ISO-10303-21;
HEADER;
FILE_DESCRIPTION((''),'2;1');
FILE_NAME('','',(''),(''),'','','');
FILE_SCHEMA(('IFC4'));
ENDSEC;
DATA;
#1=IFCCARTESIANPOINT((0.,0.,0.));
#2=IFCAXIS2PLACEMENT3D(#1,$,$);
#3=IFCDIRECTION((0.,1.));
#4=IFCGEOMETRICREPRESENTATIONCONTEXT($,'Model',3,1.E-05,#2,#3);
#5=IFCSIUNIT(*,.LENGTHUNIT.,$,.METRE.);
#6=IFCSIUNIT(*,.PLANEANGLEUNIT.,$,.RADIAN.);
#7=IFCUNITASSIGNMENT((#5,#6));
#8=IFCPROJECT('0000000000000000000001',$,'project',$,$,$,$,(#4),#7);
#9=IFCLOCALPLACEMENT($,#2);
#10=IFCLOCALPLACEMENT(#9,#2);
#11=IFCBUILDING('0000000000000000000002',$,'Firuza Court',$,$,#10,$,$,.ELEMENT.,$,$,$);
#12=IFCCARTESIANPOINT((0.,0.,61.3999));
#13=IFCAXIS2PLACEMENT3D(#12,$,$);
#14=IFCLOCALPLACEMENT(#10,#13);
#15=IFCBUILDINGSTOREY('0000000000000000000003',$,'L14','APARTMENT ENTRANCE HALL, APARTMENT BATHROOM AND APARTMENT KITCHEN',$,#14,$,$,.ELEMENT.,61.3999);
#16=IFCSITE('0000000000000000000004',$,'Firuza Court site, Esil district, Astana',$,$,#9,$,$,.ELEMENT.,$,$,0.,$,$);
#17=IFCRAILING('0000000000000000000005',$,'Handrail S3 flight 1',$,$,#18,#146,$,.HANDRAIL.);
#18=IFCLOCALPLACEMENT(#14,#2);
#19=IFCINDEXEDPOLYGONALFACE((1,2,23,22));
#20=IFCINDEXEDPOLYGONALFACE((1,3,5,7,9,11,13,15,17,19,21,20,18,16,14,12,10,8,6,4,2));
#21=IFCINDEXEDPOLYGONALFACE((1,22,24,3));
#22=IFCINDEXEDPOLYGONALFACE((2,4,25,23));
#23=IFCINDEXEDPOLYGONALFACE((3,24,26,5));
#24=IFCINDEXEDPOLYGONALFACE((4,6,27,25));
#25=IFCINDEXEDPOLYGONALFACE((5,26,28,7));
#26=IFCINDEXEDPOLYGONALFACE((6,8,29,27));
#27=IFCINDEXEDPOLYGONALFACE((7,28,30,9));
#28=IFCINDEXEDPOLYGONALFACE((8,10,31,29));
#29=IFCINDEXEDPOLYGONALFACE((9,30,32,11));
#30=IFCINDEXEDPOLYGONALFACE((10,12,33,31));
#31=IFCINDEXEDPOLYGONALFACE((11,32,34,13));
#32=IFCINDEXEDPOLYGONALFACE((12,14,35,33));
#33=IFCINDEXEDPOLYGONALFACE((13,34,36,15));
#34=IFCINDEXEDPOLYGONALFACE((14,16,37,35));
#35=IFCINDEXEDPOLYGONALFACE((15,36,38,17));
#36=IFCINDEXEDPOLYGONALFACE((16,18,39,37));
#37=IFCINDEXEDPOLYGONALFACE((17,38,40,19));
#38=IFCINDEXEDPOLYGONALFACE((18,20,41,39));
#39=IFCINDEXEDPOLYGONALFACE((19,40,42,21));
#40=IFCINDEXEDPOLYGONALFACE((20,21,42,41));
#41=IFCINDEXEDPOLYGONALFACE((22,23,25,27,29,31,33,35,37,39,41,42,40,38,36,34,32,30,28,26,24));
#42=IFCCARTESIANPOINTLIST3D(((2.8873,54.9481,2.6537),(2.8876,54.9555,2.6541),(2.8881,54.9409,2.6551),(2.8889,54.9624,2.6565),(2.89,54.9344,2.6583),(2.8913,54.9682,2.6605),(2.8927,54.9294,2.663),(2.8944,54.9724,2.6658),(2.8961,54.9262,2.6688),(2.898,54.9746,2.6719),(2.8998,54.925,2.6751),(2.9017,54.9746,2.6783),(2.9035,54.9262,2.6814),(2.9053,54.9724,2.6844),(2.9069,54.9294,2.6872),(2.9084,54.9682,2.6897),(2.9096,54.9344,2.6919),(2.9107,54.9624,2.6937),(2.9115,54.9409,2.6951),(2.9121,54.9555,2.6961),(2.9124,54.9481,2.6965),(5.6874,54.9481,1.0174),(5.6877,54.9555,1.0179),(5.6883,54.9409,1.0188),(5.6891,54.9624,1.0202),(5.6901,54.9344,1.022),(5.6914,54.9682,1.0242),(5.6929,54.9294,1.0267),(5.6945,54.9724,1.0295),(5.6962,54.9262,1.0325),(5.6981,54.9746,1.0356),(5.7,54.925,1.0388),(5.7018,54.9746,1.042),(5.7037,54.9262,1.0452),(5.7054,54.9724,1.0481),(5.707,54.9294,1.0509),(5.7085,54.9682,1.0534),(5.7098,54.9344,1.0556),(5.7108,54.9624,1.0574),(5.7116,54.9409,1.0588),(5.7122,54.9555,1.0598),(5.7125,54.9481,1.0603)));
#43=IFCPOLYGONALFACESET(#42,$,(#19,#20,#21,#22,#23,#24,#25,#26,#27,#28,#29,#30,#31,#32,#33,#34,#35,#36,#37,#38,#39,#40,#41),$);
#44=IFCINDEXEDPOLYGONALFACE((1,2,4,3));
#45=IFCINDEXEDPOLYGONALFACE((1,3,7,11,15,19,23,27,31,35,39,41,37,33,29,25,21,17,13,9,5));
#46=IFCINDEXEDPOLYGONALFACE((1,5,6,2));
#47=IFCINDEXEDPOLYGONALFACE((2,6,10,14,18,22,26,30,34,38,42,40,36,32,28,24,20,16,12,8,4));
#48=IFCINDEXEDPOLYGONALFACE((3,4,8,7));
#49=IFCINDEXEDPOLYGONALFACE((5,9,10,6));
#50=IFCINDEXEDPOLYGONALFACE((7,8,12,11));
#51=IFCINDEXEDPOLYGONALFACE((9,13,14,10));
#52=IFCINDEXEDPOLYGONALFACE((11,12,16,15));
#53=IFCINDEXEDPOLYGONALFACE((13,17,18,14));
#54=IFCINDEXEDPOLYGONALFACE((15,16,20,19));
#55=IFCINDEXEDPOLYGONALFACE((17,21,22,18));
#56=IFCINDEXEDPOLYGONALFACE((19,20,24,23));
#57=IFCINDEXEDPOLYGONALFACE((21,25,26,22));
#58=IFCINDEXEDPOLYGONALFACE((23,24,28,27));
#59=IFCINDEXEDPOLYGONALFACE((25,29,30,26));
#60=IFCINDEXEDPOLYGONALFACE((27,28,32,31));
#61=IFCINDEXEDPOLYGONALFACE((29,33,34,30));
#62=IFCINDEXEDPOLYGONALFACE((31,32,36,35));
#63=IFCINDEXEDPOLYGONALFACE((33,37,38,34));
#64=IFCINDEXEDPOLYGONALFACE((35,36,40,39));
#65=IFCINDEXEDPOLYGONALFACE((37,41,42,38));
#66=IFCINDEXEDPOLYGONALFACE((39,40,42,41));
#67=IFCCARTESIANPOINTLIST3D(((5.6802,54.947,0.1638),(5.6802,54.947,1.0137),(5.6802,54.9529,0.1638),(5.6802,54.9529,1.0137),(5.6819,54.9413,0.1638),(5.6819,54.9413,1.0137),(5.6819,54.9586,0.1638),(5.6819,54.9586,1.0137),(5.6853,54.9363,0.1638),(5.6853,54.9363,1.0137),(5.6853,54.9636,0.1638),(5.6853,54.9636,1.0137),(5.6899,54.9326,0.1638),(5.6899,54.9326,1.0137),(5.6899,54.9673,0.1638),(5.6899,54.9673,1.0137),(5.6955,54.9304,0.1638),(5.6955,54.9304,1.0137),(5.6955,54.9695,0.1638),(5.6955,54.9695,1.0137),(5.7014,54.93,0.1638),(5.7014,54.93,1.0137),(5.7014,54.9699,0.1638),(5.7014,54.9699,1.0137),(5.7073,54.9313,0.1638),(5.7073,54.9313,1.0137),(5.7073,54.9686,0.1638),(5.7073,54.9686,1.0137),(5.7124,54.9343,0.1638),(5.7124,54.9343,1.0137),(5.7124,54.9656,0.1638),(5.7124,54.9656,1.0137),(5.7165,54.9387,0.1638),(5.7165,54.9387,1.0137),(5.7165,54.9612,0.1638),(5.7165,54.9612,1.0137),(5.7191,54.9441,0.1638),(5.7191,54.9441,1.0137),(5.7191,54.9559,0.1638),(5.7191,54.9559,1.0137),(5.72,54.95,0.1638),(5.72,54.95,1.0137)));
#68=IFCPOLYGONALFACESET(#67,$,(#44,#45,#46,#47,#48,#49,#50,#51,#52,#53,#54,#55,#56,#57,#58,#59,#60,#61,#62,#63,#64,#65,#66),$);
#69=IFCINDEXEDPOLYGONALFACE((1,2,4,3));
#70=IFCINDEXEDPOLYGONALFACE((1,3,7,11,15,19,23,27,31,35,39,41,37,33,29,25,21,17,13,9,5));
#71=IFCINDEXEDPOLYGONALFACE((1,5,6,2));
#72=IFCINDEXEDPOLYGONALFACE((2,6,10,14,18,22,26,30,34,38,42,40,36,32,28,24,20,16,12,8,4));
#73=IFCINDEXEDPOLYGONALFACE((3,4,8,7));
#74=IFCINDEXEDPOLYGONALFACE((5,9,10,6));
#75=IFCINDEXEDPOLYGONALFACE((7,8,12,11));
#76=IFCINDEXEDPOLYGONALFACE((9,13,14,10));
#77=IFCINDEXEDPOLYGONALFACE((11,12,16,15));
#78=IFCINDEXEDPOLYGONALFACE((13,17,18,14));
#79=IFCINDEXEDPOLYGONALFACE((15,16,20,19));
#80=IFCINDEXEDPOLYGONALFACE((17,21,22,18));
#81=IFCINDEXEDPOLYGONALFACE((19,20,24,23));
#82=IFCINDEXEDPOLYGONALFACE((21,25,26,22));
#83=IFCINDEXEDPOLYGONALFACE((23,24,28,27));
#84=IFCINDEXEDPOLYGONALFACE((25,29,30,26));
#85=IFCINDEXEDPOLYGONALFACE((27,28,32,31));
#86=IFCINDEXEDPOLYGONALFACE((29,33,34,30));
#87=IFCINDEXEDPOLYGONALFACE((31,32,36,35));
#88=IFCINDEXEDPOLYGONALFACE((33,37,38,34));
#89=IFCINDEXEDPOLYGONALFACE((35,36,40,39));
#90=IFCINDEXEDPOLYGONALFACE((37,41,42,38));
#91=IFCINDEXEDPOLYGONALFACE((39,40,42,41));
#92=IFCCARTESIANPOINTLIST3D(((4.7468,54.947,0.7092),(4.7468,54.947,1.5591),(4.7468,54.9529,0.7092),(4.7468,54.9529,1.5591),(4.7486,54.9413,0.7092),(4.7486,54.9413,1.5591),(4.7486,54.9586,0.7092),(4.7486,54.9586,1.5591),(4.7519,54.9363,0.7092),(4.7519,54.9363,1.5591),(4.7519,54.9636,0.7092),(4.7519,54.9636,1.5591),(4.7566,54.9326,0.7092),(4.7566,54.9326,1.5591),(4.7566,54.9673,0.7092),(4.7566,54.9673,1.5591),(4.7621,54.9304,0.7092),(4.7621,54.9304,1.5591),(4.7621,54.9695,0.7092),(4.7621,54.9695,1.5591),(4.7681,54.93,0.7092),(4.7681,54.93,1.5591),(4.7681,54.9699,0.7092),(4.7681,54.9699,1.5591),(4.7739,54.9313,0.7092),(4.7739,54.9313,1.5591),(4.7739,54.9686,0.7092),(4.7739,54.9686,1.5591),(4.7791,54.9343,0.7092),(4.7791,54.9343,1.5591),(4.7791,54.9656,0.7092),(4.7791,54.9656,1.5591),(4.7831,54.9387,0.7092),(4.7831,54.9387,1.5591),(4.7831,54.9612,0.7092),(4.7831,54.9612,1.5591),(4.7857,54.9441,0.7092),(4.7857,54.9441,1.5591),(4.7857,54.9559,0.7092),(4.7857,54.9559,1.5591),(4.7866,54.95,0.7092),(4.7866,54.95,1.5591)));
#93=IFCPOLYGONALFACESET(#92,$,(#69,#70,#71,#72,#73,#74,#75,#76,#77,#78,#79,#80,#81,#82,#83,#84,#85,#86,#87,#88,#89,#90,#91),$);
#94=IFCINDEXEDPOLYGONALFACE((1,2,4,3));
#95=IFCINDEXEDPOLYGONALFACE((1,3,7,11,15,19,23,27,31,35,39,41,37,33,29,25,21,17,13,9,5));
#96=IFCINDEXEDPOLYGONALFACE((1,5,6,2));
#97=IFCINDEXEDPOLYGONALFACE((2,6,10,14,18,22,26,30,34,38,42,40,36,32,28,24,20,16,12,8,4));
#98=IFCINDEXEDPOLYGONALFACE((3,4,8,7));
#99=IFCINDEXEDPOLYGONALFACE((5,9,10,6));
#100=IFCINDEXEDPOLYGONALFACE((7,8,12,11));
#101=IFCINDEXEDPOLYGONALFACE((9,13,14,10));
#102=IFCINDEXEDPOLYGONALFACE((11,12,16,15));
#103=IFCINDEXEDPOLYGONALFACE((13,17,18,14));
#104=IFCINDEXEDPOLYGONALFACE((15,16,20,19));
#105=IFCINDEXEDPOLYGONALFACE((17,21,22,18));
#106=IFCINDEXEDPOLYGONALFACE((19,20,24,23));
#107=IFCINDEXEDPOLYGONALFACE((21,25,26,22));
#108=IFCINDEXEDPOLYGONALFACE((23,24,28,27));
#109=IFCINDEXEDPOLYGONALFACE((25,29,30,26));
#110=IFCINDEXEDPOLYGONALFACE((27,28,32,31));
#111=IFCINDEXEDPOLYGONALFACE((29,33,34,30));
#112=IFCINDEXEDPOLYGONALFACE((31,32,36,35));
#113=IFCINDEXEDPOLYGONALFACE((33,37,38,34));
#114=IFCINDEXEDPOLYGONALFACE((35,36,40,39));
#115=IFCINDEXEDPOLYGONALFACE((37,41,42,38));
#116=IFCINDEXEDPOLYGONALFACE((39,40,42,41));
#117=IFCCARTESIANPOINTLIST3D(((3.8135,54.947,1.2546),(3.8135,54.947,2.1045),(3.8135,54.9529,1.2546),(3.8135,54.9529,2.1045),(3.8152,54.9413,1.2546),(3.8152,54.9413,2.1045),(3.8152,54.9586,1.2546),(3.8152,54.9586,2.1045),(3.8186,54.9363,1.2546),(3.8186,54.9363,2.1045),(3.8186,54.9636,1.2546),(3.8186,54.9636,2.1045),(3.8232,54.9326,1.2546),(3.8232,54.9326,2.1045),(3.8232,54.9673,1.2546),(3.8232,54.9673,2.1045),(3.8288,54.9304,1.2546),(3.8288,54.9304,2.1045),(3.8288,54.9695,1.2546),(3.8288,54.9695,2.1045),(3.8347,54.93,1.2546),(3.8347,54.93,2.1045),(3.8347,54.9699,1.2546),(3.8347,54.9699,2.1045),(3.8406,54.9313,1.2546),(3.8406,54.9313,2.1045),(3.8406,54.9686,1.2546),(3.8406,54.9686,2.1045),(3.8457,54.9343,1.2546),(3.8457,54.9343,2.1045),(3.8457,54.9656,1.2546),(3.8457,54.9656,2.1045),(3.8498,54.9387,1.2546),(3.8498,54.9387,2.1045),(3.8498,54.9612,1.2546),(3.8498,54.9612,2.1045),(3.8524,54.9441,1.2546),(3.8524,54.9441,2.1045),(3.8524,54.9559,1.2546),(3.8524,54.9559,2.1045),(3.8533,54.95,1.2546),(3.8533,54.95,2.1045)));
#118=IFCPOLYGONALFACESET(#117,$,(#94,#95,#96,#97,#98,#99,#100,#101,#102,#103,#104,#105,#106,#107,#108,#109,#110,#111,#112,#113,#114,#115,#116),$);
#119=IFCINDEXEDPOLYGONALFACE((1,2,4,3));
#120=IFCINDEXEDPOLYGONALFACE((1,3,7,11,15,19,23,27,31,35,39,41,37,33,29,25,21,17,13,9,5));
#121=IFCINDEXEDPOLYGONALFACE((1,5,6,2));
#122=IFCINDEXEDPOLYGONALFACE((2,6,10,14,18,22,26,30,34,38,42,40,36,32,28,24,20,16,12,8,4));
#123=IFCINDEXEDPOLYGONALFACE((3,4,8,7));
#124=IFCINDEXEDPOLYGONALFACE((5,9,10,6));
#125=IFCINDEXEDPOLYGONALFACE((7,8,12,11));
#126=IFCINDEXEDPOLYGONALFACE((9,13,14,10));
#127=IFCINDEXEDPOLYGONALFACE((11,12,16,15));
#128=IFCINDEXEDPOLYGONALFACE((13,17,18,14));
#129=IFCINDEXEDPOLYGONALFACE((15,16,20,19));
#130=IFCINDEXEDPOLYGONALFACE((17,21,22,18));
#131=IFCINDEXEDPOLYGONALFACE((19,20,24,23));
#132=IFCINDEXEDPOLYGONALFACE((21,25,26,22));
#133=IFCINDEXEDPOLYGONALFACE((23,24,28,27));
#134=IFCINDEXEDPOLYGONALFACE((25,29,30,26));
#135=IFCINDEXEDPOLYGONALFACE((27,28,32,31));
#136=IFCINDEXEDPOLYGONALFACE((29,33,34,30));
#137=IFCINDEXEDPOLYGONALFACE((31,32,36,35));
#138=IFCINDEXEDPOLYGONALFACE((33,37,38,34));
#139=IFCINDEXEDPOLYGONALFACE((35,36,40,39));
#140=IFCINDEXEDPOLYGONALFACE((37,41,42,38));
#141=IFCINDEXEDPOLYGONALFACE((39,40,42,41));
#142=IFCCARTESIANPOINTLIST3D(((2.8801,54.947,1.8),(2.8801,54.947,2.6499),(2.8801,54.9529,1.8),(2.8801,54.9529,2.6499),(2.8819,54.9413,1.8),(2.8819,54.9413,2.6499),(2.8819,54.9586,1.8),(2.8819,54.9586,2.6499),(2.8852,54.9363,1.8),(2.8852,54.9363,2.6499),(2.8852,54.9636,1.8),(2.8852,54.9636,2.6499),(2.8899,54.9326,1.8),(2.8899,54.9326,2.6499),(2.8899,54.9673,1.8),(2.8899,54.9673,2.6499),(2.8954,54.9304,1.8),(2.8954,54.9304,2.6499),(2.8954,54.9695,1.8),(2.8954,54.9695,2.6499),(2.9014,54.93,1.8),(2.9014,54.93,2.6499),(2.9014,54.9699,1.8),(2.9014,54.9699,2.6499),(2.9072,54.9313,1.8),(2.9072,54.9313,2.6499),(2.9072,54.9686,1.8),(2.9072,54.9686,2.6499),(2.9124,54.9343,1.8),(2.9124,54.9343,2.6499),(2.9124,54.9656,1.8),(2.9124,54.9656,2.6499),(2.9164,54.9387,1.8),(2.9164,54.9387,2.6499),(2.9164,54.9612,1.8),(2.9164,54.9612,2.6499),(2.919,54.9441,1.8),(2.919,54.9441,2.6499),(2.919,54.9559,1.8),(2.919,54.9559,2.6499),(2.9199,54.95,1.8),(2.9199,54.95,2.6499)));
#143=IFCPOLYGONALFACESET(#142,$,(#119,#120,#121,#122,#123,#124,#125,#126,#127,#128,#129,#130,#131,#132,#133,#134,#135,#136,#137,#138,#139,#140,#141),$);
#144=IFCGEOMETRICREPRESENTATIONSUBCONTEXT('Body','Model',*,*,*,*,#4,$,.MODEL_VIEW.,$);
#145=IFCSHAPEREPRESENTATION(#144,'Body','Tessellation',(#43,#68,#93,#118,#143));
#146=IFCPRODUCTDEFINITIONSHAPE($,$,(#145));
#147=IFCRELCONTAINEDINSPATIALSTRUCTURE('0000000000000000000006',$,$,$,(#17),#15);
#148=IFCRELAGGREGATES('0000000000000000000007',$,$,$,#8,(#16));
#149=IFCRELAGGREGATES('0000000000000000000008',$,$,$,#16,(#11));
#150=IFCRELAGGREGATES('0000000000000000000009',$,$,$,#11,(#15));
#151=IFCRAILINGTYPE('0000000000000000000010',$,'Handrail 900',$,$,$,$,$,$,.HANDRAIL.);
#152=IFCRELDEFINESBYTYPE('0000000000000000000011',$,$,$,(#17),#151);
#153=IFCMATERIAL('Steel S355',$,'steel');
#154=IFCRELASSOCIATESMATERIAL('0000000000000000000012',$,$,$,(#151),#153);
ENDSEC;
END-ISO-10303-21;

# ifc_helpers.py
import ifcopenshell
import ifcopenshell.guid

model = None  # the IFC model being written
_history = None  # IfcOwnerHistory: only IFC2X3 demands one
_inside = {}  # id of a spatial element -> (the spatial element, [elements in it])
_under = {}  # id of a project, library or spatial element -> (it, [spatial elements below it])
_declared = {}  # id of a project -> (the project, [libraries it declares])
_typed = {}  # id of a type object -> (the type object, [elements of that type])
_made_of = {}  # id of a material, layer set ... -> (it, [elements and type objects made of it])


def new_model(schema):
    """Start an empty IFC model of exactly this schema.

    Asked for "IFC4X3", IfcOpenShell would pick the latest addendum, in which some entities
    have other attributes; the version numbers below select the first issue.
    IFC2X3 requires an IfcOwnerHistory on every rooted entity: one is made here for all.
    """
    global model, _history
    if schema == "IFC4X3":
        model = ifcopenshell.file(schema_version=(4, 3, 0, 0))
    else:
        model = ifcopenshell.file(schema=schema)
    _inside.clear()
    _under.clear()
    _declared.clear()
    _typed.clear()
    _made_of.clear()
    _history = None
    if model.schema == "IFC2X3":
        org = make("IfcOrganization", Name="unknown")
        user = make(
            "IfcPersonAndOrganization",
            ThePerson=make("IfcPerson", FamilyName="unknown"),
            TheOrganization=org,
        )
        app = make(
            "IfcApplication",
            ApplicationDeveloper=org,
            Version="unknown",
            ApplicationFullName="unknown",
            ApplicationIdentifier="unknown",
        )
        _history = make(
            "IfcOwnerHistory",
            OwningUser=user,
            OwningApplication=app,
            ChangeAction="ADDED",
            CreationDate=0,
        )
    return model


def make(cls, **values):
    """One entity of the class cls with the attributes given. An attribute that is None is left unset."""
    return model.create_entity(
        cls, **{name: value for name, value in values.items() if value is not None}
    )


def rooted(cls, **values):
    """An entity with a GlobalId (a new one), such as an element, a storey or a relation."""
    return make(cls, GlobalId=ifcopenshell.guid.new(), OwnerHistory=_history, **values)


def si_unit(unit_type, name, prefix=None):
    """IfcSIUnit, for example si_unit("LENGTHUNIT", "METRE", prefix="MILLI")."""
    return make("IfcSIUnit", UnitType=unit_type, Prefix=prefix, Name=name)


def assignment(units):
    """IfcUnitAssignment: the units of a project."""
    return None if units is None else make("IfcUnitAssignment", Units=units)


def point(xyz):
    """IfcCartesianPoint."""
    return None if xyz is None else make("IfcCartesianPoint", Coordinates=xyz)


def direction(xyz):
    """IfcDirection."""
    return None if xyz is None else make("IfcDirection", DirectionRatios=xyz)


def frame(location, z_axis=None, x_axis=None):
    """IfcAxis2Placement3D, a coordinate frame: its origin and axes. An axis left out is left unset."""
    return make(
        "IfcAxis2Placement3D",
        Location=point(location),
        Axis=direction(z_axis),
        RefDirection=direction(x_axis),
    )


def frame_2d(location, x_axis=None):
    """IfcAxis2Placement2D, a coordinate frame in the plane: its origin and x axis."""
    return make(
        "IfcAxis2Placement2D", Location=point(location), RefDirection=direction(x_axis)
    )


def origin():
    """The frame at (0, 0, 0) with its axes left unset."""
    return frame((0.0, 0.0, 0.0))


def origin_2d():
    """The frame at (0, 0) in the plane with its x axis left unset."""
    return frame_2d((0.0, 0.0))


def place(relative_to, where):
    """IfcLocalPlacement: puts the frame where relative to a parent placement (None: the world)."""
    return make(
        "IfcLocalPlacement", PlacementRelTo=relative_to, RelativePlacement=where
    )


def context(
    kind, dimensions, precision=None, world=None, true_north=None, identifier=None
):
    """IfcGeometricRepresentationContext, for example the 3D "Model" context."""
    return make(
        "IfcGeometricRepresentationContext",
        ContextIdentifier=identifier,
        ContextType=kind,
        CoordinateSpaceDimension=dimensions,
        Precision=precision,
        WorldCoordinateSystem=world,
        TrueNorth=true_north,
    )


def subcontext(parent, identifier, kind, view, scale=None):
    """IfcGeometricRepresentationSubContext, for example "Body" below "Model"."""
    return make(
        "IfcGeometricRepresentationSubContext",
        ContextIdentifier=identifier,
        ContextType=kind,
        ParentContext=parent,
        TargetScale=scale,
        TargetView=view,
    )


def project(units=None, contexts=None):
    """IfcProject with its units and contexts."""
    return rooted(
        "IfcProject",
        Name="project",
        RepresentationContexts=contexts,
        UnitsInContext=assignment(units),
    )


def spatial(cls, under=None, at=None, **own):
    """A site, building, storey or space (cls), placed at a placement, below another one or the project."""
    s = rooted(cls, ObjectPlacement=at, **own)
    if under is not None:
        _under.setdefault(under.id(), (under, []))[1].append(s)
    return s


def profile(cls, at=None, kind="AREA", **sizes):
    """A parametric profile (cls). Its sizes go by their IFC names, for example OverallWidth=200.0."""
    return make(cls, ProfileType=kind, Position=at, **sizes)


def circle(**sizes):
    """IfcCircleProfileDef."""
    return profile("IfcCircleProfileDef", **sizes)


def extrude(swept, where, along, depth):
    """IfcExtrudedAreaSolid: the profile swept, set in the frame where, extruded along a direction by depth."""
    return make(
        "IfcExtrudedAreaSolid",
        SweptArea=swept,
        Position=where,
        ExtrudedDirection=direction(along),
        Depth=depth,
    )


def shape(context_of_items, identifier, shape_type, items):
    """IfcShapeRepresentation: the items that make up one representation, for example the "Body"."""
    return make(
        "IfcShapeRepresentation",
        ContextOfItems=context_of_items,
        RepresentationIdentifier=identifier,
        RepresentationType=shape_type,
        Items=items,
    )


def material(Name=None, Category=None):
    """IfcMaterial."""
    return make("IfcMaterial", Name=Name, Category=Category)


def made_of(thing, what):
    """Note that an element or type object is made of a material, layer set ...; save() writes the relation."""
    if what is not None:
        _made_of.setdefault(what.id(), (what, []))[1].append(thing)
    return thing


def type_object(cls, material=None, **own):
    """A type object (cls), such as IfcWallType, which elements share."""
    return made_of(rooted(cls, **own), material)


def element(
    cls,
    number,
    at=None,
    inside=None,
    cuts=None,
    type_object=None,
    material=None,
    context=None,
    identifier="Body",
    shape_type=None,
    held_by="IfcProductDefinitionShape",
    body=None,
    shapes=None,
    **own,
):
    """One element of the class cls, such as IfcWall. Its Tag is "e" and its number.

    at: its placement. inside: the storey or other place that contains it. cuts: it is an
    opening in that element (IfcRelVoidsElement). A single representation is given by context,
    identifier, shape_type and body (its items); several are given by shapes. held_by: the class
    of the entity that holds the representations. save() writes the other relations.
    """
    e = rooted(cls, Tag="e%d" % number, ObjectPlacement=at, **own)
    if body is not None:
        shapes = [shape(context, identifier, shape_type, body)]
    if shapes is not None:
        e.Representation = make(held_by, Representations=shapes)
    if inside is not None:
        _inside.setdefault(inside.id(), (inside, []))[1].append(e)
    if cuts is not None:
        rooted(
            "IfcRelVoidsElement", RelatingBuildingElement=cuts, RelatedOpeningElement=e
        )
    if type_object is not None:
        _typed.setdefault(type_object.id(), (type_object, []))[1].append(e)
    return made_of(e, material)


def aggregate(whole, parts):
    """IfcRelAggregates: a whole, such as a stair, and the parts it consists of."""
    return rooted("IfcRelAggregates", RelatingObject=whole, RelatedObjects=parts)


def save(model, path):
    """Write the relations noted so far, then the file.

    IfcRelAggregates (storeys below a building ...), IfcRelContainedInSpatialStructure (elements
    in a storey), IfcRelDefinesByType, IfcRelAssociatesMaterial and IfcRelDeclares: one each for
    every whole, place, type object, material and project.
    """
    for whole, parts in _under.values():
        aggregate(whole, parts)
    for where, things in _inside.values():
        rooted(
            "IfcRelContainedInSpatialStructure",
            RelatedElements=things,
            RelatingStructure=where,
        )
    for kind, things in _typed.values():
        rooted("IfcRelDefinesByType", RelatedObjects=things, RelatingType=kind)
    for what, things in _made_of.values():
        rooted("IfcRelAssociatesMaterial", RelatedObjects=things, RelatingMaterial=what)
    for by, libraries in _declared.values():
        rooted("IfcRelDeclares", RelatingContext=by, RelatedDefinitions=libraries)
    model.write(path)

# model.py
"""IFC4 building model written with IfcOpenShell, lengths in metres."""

from ifc_helpers import new_model, si_unit, direction, frame, origin, origin_2d, place, context, subcontext, project, spatial, circle, extrude, material, type_object, element, save


model = new_model("IFC4")

# Units and contexts
model_context = context("Model", 3, precision=1e-05, world=origin(), true_north=direction((0.0, 1.0)))
body_context = subcontext(model_context, "Body", "Model", "MODEL_VIEW")
ifc_project = project(units=[si_unit("LENGTHUNIT", "METRE"), si_unit("PLANEANGLEUNIT", "RADIAN")], contexts=[model_context])

# Site, building, storey
site_placement = place(None, origin())
site = spatial("IfcSite", under=ifc_project, at=site_placement, Name="Firuza Court site, Esil district, Astana", CompositionType="ELEMENT", RefElevation=0.0)
building_placement = place(site_placement, origin())
building = spatial("IfcBuilding", under=site, at=building_placement, Name="Firuza Court", CompositionType="ELEMENT")
storey_placement = place(building_placement, frame((0.0, 0.0, 61.3999)))
storey = spatial("IfcBuildingStorey", under=building, at=storey_placement, Name="L14", Description="APARTMENT ENTRANCE HALL, APARTMENT BATHROOM AND APARTMENT KITCHEN", CompositionType="ELEMENT", Elevation=61.3999)

# Railing
ifc_material_1 = material(Name="Steel S355", Category="steel")
railing_type_1 = type_object("IfcRailingType", Name="Handrail 900", PredefinedType="HANDRAIL", material=ifc_material_1)
railing_1_placement = place(storey_placement, frame((5.7, 54.95, 0.1638)))
element("IfcRailing", 1, at=railing_1_placement, inside=storey, type_object=railing_type_1, Name="Handrail S3 flight 1", PredefinedType="HANDRAIL", context=body_context, shape_type="SweptSolid", body=[
    extrude(circle(Radius=0.0249, at=origin_2d()), frame((0.0, 0.0, 0.875), z_axis=(-0.863394, 0.0, 0.504531), x_axis=(0.0, -1.0, 0.0)), (0.0, 0.0, 1.0), 3.2432),
    extrude(circle(Radius=0.02, at=origin_2d()), origin(), (0.0, 0.0, 1.0), 0.8499),
    extrude(circle(Radius=0.02, at=origin_2d()), frame((-0.9333, 0.0, 0.5454)), (0.0, 0.0, 1.0), 0.8499),
    extrude(circle(Radius=0.02, at=origin_2d()), frame((-1.8667, 0.0, 1.0908)), (0.0, 0.0, 1.0), 0.8499),
    extrude(circle(Radius=0.02, at=origin_2d()), frame((-2.8, 0.0, 1.6362)), (0.0, 0.0, 1.0), 0.8499),
])

save(model, "model.ifc")
